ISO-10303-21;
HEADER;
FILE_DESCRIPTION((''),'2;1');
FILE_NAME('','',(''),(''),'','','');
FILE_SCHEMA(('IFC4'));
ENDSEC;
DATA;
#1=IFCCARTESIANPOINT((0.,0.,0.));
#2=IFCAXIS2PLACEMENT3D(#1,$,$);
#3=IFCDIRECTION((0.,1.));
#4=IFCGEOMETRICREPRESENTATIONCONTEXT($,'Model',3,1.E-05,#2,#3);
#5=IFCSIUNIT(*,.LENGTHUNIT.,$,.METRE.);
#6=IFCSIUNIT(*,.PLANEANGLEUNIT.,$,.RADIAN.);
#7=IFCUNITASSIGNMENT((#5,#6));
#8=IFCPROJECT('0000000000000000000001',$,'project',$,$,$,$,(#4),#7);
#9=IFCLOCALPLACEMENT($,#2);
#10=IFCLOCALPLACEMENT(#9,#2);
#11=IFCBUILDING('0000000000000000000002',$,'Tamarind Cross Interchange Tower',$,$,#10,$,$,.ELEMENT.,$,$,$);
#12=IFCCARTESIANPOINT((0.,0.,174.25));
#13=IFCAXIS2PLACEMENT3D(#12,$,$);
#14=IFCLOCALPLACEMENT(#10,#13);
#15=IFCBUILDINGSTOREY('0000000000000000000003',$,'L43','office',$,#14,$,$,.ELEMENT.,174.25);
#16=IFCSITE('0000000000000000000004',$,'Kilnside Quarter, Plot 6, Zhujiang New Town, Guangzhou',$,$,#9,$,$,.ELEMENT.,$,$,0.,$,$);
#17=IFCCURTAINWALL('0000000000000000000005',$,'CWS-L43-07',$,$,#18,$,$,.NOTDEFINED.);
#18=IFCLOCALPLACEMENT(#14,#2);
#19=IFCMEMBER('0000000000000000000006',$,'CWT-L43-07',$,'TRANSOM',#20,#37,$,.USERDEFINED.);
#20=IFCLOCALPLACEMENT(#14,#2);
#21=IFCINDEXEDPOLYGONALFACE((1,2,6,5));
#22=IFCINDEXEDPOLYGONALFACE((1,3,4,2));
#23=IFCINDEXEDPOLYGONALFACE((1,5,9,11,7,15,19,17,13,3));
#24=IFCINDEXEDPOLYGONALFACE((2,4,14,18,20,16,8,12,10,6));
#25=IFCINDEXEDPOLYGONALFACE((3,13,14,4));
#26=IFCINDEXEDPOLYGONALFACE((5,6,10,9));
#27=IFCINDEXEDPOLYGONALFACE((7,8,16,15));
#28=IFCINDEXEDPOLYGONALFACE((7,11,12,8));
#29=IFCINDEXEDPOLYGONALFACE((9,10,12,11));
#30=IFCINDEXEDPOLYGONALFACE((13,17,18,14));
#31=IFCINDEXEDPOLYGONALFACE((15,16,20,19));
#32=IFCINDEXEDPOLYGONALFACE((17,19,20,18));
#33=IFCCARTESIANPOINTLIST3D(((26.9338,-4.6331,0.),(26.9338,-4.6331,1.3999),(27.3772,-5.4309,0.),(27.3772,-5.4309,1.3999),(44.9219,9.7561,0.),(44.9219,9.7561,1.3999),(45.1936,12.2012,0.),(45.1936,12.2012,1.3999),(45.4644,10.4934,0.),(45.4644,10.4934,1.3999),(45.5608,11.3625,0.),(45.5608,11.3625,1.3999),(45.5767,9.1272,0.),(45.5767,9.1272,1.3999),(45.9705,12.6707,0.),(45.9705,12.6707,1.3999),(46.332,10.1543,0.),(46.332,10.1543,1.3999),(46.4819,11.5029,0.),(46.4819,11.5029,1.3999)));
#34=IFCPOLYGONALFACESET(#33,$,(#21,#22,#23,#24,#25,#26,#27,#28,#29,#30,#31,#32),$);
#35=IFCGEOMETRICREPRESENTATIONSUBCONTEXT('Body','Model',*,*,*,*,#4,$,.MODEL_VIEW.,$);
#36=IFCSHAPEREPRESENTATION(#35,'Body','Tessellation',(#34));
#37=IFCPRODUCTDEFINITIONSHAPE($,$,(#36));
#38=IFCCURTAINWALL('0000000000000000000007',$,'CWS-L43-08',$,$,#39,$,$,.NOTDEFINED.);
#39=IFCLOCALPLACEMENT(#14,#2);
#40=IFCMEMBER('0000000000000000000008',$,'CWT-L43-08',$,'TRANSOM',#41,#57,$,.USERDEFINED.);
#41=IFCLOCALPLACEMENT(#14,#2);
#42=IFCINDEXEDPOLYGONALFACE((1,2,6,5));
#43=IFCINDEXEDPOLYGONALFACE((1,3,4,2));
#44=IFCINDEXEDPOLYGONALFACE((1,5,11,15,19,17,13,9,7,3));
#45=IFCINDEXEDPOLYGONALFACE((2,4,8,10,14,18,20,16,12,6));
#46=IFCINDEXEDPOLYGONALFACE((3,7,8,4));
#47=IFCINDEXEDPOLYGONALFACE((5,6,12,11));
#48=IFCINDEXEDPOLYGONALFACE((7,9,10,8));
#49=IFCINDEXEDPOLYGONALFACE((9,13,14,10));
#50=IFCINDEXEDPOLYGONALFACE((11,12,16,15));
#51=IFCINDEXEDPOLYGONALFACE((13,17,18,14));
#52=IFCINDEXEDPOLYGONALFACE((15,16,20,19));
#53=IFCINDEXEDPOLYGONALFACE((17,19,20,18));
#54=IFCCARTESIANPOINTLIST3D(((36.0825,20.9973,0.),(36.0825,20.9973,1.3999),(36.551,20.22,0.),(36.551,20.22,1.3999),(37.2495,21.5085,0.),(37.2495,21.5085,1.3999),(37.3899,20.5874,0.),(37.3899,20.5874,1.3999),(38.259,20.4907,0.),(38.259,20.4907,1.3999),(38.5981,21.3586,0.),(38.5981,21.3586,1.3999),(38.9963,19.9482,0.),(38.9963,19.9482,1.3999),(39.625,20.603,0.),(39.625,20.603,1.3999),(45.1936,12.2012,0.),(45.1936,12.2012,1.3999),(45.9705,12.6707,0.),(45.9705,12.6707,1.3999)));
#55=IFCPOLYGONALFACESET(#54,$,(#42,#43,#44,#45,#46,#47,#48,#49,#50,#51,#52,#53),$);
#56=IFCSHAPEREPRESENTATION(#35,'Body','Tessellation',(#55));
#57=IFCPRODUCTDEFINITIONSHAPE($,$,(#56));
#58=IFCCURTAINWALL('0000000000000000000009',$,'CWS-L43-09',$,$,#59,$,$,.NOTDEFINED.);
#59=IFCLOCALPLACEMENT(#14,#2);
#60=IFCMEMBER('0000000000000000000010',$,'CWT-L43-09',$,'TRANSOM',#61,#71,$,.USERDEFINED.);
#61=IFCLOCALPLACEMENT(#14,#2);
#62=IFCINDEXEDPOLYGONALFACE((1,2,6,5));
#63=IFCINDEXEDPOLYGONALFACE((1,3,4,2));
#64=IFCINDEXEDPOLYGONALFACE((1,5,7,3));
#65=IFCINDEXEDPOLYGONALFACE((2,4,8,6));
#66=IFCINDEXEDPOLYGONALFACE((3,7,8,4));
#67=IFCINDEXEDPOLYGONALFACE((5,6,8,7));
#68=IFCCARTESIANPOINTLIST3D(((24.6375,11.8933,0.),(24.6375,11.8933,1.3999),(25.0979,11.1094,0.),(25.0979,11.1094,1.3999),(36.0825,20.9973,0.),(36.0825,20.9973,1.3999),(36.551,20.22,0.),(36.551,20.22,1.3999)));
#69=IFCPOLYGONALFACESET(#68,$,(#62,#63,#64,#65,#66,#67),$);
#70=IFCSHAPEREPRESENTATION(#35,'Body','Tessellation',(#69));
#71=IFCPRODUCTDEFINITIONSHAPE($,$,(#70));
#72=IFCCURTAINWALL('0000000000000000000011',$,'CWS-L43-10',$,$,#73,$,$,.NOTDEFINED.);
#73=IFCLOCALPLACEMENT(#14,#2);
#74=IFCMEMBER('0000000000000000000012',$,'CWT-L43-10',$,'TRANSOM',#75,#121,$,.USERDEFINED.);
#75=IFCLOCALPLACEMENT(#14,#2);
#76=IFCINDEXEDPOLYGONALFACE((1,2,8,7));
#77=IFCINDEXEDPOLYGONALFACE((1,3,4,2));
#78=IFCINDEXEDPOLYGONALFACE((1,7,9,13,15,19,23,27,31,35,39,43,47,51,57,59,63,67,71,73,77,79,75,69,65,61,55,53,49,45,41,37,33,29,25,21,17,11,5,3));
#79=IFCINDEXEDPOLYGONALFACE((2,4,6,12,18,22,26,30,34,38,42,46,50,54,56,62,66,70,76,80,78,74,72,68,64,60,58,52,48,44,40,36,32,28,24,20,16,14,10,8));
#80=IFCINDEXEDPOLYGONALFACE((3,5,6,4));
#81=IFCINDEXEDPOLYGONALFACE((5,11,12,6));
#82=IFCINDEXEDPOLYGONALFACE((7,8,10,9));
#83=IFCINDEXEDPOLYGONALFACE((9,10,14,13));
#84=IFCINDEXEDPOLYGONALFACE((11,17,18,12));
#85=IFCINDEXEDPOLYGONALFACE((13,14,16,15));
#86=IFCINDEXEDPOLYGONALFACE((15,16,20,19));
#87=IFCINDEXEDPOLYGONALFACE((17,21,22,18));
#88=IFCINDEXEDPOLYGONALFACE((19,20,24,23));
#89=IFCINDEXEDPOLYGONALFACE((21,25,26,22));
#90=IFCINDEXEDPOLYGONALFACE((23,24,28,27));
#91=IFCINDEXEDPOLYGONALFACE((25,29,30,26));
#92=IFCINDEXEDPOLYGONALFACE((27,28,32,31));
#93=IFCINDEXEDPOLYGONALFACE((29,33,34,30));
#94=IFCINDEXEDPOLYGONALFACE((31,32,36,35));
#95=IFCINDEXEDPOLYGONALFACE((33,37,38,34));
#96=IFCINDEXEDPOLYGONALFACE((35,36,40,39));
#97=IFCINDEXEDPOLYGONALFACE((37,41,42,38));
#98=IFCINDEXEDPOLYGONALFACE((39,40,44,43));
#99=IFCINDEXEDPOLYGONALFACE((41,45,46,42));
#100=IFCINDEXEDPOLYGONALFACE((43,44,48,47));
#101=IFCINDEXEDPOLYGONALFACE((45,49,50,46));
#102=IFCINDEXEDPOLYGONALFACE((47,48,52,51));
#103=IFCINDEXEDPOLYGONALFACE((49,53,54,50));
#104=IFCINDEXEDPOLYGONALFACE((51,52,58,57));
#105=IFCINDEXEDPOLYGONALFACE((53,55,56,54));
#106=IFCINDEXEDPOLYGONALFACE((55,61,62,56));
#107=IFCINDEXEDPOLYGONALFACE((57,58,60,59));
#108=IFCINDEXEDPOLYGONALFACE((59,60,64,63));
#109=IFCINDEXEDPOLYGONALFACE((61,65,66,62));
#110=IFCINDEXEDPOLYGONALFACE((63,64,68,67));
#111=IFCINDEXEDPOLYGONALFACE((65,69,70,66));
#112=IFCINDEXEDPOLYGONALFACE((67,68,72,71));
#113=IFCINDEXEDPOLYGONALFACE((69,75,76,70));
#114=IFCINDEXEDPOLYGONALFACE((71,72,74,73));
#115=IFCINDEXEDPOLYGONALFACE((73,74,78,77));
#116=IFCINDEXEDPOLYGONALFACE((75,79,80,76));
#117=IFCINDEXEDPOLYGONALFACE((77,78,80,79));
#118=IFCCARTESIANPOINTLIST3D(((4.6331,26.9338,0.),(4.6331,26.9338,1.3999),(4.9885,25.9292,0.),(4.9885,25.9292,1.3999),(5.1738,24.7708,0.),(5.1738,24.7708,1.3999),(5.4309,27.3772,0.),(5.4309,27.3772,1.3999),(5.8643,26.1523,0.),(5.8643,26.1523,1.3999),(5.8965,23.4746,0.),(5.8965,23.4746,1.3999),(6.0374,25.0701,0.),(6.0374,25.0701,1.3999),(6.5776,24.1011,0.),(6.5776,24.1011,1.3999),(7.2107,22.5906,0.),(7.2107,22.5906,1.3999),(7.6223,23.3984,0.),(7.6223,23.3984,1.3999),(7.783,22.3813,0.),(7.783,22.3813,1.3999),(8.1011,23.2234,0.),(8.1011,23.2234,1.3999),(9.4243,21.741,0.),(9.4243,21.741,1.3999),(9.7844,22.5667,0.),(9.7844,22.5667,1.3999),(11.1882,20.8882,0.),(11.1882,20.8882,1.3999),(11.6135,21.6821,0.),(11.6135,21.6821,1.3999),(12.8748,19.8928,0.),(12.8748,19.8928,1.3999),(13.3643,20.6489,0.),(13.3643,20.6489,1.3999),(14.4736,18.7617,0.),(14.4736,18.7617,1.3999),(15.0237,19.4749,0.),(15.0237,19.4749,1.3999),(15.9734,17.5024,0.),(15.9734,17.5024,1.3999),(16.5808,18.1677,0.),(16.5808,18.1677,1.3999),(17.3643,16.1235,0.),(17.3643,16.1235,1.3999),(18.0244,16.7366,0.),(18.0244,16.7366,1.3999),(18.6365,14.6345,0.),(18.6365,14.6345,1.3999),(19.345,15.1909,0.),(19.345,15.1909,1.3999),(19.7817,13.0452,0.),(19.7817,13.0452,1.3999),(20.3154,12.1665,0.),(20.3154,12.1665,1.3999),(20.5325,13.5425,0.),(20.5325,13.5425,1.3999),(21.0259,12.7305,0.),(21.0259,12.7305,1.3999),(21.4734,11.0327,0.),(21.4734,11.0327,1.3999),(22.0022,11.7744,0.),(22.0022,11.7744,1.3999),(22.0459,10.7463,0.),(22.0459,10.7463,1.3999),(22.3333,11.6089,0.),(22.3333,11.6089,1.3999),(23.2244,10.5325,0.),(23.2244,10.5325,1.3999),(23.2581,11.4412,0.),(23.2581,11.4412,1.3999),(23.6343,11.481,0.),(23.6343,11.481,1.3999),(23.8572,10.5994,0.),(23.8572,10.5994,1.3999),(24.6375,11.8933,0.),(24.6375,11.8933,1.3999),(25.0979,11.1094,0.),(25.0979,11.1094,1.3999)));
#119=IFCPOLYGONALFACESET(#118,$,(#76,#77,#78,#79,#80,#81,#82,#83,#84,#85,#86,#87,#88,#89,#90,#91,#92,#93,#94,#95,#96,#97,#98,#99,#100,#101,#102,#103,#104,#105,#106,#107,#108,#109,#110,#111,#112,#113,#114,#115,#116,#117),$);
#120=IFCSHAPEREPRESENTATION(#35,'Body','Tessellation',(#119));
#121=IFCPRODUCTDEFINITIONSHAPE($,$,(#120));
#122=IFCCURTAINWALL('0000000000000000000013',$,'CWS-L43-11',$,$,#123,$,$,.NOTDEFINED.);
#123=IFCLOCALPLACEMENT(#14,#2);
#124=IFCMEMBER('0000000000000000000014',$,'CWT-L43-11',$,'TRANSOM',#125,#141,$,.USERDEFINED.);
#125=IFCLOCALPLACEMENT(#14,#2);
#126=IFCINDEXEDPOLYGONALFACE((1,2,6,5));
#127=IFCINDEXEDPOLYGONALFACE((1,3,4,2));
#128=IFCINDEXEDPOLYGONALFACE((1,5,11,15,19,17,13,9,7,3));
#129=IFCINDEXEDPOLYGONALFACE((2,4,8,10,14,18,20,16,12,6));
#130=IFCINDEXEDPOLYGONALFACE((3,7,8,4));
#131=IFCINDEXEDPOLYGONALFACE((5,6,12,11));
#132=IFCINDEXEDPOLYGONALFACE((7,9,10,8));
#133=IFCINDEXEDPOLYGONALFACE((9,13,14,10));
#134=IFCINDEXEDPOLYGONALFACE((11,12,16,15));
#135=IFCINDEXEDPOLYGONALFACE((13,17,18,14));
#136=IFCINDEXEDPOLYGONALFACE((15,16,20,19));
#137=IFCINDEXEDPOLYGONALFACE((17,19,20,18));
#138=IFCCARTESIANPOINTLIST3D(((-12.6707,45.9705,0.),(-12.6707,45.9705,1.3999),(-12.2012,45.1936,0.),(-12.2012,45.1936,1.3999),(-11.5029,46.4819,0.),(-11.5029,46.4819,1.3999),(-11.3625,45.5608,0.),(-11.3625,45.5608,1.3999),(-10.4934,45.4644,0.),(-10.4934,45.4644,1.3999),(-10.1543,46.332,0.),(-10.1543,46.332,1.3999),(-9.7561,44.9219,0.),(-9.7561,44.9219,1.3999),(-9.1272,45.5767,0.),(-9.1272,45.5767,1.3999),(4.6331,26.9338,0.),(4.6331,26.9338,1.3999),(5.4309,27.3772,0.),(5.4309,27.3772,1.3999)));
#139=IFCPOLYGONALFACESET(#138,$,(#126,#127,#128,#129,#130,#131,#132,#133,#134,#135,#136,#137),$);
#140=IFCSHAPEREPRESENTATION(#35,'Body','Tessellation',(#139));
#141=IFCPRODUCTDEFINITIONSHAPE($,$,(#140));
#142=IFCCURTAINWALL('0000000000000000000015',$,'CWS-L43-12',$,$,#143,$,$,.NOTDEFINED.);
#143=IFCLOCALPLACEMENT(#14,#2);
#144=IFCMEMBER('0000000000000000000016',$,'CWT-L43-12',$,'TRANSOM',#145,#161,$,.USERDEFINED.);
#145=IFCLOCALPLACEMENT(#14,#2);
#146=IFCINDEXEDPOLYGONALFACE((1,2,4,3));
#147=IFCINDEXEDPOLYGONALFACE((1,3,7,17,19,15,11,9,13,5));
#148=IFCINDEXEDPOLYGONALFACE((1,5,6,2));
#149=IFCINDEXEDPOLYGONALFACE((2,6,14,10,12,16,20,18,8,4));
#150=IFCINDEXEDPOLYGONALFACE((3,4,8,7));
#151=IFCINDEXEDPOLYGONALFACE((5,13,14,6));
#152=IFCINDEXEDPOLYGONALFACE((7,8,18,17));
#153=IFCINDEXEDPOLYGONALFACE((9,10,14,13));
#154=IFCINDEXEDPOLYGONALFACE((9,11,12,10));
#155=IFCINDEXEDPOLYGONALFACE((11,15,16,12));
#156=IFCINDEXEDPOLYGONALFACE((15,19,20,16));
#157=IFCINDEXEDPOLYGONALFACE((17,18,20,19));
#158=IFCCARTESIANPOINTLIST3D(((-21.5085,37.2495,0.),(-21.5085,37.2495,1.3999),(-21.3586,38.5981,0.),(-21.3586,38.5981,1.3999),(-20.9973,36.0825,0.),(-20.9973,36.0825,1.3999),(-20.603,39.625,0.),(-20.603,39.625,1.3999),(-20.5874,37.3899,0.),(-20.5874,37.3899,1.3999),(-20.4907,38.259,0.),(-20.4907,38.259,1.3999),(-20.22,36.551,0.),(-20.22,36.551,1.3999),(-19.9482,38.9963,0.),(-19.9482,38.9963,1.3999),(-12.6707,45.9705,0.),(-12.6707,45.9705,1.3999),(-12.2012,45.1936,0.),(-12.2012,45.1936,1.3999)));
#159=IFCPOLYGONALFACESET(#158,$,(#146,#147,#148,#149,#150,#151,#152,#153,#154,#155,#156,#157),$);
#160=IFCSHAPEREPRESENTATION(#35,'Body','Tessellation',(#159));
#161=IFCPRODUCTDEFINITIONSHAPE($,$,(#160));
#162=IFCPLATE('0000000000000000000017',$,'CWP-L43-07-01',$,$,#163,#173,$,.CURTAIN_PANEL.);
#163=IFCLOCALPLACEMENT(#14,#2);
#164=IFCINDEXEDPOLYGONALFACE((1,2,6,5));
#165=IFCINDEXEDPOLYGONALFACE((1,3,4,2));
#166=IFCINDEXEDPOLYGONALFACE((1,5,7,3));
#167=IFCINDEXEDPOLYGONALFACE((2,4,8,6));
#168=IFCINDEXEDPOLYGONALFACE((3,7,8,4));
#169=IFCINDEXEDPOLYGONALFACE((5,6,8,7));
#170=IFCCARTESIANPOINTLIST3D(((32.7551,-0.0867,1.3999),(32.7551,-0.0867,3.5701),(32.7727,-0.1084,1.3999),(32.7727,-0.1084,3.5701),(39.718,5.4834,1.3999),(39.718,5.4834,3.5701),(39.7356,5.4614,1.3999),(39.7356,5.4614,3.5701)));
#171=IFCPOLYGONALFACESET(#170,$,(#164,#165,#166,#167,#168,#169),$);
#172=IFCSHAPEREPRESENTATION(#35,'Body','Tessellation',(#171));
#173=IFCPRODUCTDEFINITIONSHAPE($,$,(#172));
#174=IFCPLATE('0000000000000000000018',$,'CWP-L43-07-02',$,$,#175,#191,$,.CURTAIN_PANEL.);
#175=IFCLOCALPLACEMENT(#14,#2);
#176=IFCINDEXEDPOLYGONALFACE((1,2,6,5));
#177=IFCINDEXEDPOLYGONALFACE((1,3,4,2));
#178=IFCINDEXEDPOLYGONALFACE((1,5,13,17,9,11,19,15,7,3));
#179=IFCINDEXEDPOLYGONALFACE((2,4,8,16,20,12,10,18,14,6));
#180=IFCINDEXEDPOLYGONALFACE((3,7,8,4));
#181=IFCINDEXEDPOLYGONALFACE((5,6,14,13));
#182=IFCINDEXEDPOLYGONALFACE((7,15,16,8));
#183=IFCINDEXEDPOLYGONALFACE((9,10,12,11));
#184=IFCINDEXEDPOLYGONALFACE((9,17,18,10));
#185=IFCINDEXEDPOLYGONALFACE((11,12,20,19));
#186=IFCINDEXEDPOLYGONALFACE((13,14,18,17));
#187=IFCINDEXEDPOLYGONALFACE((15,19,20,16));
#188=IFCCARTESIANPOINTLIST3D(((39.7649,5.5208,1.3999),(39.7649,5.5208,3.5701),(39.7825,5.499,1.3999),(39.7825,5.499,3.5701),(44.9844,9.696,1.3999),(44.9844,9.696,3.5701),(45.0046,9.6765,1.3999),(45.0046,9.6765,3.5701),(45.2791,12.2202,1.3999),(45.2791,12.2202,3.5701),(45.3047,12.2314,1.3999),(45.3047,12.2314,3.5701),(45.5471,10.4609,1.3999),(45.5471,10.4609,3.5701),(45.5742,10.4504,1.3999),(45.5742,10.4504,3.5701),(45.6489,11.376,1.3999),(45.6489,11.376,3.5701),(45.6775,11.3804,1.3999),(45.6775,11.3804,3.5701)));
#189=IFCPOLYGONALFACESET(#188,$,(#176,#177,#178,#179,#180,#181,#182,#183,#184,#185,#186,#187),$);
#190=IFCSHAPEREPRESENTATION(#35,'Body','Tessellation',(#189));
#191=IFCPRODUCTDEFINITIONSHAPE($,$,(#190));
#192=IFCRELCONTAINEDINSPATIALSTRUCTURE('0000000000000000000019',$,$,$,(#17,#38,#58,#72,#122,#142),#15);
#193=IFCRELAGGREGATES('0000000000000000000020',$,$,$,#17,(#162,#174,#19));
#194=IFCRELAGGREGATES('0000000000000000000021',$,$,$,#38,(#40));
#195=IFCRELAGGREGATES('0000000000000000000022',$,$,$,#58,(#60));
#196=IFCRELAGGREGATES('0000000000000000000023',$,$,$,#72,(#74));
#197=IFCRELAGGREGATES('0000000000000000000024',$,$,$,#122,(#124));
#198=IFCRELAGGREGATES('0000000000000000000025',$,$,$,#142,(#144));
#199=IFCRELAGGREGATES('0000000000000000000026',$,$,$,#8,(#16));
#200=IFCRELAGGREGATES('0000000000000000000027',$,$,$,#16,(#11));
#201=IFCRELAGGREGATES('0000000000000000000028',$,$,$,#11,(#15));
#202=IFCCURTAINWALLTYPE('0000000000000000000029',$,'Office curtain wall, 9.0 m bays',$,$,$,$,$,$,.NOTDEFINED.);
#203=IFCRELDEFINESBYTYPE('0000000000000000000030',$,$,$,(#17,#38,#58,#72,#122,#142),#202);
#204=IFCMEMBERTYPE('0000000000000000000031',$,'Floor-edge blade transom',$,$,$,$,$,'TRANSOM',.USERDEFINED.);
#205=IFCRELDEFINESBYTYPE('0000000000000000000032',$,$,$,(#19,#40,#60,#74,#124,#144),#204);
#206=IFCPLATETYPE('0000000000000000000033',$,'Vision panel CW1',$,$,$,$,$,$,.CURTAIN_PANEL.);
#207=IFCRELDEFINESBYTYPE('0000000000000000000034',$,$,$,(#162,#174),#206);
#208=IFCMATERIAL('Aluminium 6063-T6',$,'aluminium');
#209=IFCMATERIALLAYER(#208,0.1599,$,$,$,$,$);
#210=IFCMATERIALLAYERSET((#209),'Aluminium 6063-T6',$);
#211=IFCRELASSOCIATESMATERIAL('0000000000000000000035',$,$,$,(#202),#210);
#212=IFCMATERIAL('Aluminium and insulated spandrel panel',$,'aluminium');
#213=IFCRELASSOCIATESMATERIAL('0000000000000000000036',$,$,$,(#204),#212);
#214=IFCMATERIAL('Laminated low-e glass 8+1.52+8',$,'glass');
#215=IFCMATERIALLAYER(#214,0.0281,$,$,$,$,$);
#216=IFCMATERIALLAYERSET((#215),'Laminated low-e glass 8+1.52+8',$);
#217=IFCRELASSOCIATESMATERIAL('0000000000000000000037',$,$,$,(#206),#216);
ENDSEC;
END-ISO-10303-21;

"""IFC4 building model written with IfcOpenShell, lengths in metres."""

from ifc_helpers import new_model, si_unit, direction, frame, origin, place, context, subcontext, project, spatial, polyline, outline, extrude, material, layer, layer_set, type_object, element, aggregate, save


model = new_model("IFC4")

# Units and contexts
model_context = context("Model", 3, precision=1e-05, world=origin(), true_north=direction((0.0, 1.0)))
body_context = subcontext(model_context, "Body", "Model", "MODEL_VIEW")
ifc_project = project(units=[si_unit("LENGTHUNIT", "METRE"), si_unit("PLANEANGLEUNIT", "RADIAN")], contexts=[model_context])

# Site, building, storey
site_placement = place(None, origin())
site = spatial("IfcSite", under=ifc_project, at=site_placement, Name="Kilnside Quarter, Plot 6, Zhujiang New Town, Guangzhou", CompositionType="ELEMENT", RefElevation=0.0)
building_placement = place(site_placement, origin())
building = spatial("IfcBuilding", under=site, at=building_placement, Name="Tamarind Cross Interchange Tower", CompositionType="ELEMENT")
storey_placement = place(building_placement, frame((0.0, 0.0, 174.25)))
storey = spatial("IfcBuildingStorey", under=building, at=storey_placement, Name="L43", Description="office", CompositionType="ELEMENT", Elevation=174.25)

# Curtain walls, members
ifc_material_1 = material(Name="Aluminium 6063-T6", Category="aluminium")
ifc_layer_1 = layer(ifc_material_1, 0.1599)
ifc_layer_set_1 = layer_set([ifc_layer_1], Name="Aluminium 6063-T6")
curtain_wall_type = type_object("IfcCurtainWallType", Name="Office curtain wall, 9.0 m bays", PredefinedType="NOTDEFINED", material=ifc_layer_set_1)
curtain_wall_1_placement = place(storey_placement, origin())
curtain_wall_1 = element("IfcCurtainWall", 1, at=curtain_wall_1_placement, inside=storey, type_object=curtain_wall_type, Name="CWS-L43-07", PredefinedType="NOTDEFINED")
ifc_material_2 = material(Name="Aluminium and insulated spandrel panel", Category="aluminium")
member_type = type_object("IfcMemberType", Name="Floor-edge blade transom", ElementType="TRANSOM", PredefinedType="USERDEFINED", material=ifc_material_2)
member_1_placement = place(storey_placement, origin())
member_1 = element("IfcMember", 2, at=member_1_placement, type_object=member_type, Name="CWT-L43-07", ObjectType="TRANSOM", PredefinedType="USERDEFINED", context=body_context, shape_type="SweptSolid", body=[
    extrude(outline(polyline([(26.9338, -4.6331), (44.9219, 9.7561), (45.4644, 10.4934), (45.5608, 11.3625), (45.1936, 12.2012), (45.9705, 12.6707), (46.4819, 11.5029), (46.332, 10.1543), (45.5767, 9.1272), (27.3772, -5.4309), (26.9338, -4.6331)])), origin(), (0.0, 0.0, 1.0), 1.3999),
])
curtain_wall_2_placement = place(storey_placement, origin())
curtain_wall_2 = element("IfcCurtainWall", 3, at=curtain_wall_2_placement, inside=storey, type_object=curtain_wall_type, Name="CWS-L43-08", PredefinedType="NOTDEFINED")
member_2_placement = place(storey_placement, origin())
member_2 = element("IfcMember", 4, at=member_2_placement, type_object=member_type, Name="CWT-L43-08", ObjectType="TRANSOM", PredefinedType="USERDEFINED", context=body_context, shape_type="SweptSolid", body=[
    extrude(outline(polyline([(45.1936, 12.2012), (38.9963, 19.9482), (38.259, 20.4907), (37.3899, 20.5874), (36.551, 20.22), (36.0825, 20.9973), (37.2495, 21.5085), (38.5981, 21.3586), (39.625, 20.603), (45.9705, 12.6707), (45.1936, 12.2012)])), origin(), (0.0, 0.0, 1.0), 1.3999),
])
curtain_wall_3_placement = place(storey_placement, origin())
curtain_wall_3 = element("IfcCurtainWall", 5, at=curtain_wall_3_placement, inside=storey, type_object=curtain_wall_type, Name="CWS-L43-09", PredefinedType="NOTDEFINED")
member_3_placement = place(storey_placement, origin())
member_3 = element("IfcMember", 6, at=member_3_placement, type_object=member_type, Name="CWT-L43-09", ObjectType="TRANSOM", PredefinedType="USERDEFINED", context=body_context, shape_type="SweptSolid", body=[
    extrude(outline(polyline([(36.551, 20.22), (25.0979, 11.1094), (24.6375, 11.8933), (36.0825, 20.9973), (36.551, 20.22)])), origin(), (0.0, 0.0, 1.0), 1.3999),
])
curtain_wall_4_placement = place(storey_placement, origin())
curtain_wall_4 = element("IfcCurtainWall", 7, at=curtain_wall_4_placement, inside=storey, type_object=curtain_wall_type, Name="CWS-L43-10", PredefinedType="NOTDEFINED")
member_4_placement = place(storey_placement, origin())
member_4 = element("IfcMember", 8, at=member_4_placement, type_object=member_type, Name="CWT-L43-10", ObjectType="TRANSOM", PredefinedType="USERDEFINED", context=body_context, shape_type="SweptSolid", body=[
    extrude(outline(polyline([(25.0979, 11.1094), (23.8572, 10.5994), (23.2244, 10.5325), (22.0459, 10.7463), (21.4734, 11.0327), (20.3154, 12.1665), (19.7817, 13.0452), (18.6365, 14.6345), (17.3643, 16.1235), (15.9734, 17.5024), (14.4736, 18.7617), (12.8748, 19.8928), (11.1882, 20.8882), (9.4243, 21.741), (7.783, 22.3813), (7.2107, 22.5906), (5.8965, 23.4746), (5.1738, 24.7708), (4.9885, 25.9292), (4.6331, 26.9338), (5.4309, 27.3772), (5.8643, 26.1523), (6.0374, 25.0701), (6.5776, 24.1011), (7.6223, 23.3984), (8.1011, 23.2234), (9.7844, 22.5667), (11.6135, 21.6821), (13.3643, 20.6489), (15.0237, 19.4749), (16.5808, 18.1677), (18.0244, 16.7366), (19.345, 15.1909), (20.5325, 13.5425), (21.0259, 12.7305), (22.0022, 11.7744), (22.3333, 11.6089), (23.2581, 11.4412), (23.6343, 11.481), (24.6375, 11.8933), (25.0979, 11.1094)])), origin(), (0.0, 0.0, 1.0), 1.3999),
])
curtain_wall_5_placement = place(storey_placement, origin())
curtain_wall_5 = element("IfcCurtainWall", 9, at=curtain_wall_5_placement, inside=storey, type_object=curtain_wall_type, Name="CWS-L43-11", PredefinedType="NOTDEFINED")
member_5_placement = place(storey_placement, origin())
member_5 = element("IfcMember", 10, at=member_5_placement, type_object=member_type, Name="CWT-L43-11", ObjectType="TRANSOM", PredefinedType="USERDEFINED", context=body_context, shape_type="SweptSolid", body=[
    extrude(outline(polyline([(4.6331, 26.9338), (-9.7561, 44.9219), (-10.4934, 45.4644), (-11.3625, 45.5608), (-12.2012, 45.1936), (-12.6707, 45.9705), (-11.5029, 46.4819), (-10.1543, 46.332), (-9.1272, 45.5767), (5.4309, 27.3772), (4.6331, 26.9338)])), origin(), (0.0, 0.0, 1.0), 1.3999),
])
curtain_wall_6_placement = place(storey_placement, origin())
curtain_wall_6 = element("IfcCurtainWall", 11, at=curtain_wall_6_placement, inside=storey, type_object=curtain_wall_type, Name="CWS-L43-12", PredefinedType="NOTDEFINED")
member_6_placement = place(storey_placement, origin())
member_6 = element("IfcMember", 12, at=member_6_placement, type_object=member_type, Name="CWT-L43-12", ObjectType="TRANSOM", PredefinedType="USERDEFINED", context=body_context, shape_type="SweptSolid", body=[
    extrude(outline(polyline([(-12.2012, 45.1936), (-19.9482, 38.9963), (-20.4907, 38.259), (-20.5874, 37.3899), (-20.22, 36.551), (-20.9973, 36.0825), (-21.5085, 37.2495), (-21.3586, 38.5981), (-20.603, 39.625), (-12.6707, 45.9705), (-12.2012, 45.1936)])), origin(), (0.0, 0.0, 1.0), 1.3999),
])

# Plates
ifc_material_3 = material(Name="Laminated low-e glass 8+1.52+8", Category="glass")
ifc_layer_2 = layer(ifc_material_3, 0.0281)
ifc_layer_set_2 = layer_set([ifc_layer_2], Name="Laminated low-e glass 8+1.52+8")
plate_type = type_object("IfcPlateType", Name="Vision panel CW1", PredefinedType="CURTAIN_PANEL", material=ifc_layer_set_2)
plate_1_placement = place(storey_placement, frame((0.0, 0.0, 1.3999)))
plate_1 = element("IfcPlate", 13, at=plate_1_placement, type_object=plate_type, Name="CWP-L43-07-01", PredefinedType="CURTAIN_PANEL", context=body_context, shape_type="SweptSolid", body=[
    extrude(outline(polyline([(32.7551, -0.0867), (39.718, 5.4834), (39.7356, 5.4614), (32.7727, -0.1084), (32.7551, -0.0867)])), origin(), (0.0, 0.0, 1.0), 2.1702),
])
plate_2_placement = place(storey_placement, frame((0.0, 0.0, 1.3999)))
plate_2 = element("IfcPlate", 14, at=plate_2_placement, type_object=plate_type, Name="CWP-L43-07-02", PredefinedType="CURTAIN_PANEL", context=body_context, shape_type="SweptSolid", body=[
    extrude(outline(polyline([(39.7649, 5.5208), (44.9844, 9.696), (45.5471, 10.4609), (45.6489, 11.376), (45.2791, 12.2202), (45.3047, 12.2314), (45.6775, 11.3804), (45.5742, 10.4504), (45.0046, 9.6765), (39.7825, 5.499), (39.7649, 5.5208)])), origin(), (0.0, 0.0, 1.0), 2.1702),
])
aggregate(curtain_wall_1, [plate_1, plate_2, member_1])
aggregate(curtain_wall_2, [member_2])
aggregate(curtain_wall_3, [member_3])
aggregate(curtain_wall_4, [member_4])
aggregate(curtain_wall_5, [member_5])
aggregate(curtain_wall_6, [member_6])

save(model, "model.ifc")
